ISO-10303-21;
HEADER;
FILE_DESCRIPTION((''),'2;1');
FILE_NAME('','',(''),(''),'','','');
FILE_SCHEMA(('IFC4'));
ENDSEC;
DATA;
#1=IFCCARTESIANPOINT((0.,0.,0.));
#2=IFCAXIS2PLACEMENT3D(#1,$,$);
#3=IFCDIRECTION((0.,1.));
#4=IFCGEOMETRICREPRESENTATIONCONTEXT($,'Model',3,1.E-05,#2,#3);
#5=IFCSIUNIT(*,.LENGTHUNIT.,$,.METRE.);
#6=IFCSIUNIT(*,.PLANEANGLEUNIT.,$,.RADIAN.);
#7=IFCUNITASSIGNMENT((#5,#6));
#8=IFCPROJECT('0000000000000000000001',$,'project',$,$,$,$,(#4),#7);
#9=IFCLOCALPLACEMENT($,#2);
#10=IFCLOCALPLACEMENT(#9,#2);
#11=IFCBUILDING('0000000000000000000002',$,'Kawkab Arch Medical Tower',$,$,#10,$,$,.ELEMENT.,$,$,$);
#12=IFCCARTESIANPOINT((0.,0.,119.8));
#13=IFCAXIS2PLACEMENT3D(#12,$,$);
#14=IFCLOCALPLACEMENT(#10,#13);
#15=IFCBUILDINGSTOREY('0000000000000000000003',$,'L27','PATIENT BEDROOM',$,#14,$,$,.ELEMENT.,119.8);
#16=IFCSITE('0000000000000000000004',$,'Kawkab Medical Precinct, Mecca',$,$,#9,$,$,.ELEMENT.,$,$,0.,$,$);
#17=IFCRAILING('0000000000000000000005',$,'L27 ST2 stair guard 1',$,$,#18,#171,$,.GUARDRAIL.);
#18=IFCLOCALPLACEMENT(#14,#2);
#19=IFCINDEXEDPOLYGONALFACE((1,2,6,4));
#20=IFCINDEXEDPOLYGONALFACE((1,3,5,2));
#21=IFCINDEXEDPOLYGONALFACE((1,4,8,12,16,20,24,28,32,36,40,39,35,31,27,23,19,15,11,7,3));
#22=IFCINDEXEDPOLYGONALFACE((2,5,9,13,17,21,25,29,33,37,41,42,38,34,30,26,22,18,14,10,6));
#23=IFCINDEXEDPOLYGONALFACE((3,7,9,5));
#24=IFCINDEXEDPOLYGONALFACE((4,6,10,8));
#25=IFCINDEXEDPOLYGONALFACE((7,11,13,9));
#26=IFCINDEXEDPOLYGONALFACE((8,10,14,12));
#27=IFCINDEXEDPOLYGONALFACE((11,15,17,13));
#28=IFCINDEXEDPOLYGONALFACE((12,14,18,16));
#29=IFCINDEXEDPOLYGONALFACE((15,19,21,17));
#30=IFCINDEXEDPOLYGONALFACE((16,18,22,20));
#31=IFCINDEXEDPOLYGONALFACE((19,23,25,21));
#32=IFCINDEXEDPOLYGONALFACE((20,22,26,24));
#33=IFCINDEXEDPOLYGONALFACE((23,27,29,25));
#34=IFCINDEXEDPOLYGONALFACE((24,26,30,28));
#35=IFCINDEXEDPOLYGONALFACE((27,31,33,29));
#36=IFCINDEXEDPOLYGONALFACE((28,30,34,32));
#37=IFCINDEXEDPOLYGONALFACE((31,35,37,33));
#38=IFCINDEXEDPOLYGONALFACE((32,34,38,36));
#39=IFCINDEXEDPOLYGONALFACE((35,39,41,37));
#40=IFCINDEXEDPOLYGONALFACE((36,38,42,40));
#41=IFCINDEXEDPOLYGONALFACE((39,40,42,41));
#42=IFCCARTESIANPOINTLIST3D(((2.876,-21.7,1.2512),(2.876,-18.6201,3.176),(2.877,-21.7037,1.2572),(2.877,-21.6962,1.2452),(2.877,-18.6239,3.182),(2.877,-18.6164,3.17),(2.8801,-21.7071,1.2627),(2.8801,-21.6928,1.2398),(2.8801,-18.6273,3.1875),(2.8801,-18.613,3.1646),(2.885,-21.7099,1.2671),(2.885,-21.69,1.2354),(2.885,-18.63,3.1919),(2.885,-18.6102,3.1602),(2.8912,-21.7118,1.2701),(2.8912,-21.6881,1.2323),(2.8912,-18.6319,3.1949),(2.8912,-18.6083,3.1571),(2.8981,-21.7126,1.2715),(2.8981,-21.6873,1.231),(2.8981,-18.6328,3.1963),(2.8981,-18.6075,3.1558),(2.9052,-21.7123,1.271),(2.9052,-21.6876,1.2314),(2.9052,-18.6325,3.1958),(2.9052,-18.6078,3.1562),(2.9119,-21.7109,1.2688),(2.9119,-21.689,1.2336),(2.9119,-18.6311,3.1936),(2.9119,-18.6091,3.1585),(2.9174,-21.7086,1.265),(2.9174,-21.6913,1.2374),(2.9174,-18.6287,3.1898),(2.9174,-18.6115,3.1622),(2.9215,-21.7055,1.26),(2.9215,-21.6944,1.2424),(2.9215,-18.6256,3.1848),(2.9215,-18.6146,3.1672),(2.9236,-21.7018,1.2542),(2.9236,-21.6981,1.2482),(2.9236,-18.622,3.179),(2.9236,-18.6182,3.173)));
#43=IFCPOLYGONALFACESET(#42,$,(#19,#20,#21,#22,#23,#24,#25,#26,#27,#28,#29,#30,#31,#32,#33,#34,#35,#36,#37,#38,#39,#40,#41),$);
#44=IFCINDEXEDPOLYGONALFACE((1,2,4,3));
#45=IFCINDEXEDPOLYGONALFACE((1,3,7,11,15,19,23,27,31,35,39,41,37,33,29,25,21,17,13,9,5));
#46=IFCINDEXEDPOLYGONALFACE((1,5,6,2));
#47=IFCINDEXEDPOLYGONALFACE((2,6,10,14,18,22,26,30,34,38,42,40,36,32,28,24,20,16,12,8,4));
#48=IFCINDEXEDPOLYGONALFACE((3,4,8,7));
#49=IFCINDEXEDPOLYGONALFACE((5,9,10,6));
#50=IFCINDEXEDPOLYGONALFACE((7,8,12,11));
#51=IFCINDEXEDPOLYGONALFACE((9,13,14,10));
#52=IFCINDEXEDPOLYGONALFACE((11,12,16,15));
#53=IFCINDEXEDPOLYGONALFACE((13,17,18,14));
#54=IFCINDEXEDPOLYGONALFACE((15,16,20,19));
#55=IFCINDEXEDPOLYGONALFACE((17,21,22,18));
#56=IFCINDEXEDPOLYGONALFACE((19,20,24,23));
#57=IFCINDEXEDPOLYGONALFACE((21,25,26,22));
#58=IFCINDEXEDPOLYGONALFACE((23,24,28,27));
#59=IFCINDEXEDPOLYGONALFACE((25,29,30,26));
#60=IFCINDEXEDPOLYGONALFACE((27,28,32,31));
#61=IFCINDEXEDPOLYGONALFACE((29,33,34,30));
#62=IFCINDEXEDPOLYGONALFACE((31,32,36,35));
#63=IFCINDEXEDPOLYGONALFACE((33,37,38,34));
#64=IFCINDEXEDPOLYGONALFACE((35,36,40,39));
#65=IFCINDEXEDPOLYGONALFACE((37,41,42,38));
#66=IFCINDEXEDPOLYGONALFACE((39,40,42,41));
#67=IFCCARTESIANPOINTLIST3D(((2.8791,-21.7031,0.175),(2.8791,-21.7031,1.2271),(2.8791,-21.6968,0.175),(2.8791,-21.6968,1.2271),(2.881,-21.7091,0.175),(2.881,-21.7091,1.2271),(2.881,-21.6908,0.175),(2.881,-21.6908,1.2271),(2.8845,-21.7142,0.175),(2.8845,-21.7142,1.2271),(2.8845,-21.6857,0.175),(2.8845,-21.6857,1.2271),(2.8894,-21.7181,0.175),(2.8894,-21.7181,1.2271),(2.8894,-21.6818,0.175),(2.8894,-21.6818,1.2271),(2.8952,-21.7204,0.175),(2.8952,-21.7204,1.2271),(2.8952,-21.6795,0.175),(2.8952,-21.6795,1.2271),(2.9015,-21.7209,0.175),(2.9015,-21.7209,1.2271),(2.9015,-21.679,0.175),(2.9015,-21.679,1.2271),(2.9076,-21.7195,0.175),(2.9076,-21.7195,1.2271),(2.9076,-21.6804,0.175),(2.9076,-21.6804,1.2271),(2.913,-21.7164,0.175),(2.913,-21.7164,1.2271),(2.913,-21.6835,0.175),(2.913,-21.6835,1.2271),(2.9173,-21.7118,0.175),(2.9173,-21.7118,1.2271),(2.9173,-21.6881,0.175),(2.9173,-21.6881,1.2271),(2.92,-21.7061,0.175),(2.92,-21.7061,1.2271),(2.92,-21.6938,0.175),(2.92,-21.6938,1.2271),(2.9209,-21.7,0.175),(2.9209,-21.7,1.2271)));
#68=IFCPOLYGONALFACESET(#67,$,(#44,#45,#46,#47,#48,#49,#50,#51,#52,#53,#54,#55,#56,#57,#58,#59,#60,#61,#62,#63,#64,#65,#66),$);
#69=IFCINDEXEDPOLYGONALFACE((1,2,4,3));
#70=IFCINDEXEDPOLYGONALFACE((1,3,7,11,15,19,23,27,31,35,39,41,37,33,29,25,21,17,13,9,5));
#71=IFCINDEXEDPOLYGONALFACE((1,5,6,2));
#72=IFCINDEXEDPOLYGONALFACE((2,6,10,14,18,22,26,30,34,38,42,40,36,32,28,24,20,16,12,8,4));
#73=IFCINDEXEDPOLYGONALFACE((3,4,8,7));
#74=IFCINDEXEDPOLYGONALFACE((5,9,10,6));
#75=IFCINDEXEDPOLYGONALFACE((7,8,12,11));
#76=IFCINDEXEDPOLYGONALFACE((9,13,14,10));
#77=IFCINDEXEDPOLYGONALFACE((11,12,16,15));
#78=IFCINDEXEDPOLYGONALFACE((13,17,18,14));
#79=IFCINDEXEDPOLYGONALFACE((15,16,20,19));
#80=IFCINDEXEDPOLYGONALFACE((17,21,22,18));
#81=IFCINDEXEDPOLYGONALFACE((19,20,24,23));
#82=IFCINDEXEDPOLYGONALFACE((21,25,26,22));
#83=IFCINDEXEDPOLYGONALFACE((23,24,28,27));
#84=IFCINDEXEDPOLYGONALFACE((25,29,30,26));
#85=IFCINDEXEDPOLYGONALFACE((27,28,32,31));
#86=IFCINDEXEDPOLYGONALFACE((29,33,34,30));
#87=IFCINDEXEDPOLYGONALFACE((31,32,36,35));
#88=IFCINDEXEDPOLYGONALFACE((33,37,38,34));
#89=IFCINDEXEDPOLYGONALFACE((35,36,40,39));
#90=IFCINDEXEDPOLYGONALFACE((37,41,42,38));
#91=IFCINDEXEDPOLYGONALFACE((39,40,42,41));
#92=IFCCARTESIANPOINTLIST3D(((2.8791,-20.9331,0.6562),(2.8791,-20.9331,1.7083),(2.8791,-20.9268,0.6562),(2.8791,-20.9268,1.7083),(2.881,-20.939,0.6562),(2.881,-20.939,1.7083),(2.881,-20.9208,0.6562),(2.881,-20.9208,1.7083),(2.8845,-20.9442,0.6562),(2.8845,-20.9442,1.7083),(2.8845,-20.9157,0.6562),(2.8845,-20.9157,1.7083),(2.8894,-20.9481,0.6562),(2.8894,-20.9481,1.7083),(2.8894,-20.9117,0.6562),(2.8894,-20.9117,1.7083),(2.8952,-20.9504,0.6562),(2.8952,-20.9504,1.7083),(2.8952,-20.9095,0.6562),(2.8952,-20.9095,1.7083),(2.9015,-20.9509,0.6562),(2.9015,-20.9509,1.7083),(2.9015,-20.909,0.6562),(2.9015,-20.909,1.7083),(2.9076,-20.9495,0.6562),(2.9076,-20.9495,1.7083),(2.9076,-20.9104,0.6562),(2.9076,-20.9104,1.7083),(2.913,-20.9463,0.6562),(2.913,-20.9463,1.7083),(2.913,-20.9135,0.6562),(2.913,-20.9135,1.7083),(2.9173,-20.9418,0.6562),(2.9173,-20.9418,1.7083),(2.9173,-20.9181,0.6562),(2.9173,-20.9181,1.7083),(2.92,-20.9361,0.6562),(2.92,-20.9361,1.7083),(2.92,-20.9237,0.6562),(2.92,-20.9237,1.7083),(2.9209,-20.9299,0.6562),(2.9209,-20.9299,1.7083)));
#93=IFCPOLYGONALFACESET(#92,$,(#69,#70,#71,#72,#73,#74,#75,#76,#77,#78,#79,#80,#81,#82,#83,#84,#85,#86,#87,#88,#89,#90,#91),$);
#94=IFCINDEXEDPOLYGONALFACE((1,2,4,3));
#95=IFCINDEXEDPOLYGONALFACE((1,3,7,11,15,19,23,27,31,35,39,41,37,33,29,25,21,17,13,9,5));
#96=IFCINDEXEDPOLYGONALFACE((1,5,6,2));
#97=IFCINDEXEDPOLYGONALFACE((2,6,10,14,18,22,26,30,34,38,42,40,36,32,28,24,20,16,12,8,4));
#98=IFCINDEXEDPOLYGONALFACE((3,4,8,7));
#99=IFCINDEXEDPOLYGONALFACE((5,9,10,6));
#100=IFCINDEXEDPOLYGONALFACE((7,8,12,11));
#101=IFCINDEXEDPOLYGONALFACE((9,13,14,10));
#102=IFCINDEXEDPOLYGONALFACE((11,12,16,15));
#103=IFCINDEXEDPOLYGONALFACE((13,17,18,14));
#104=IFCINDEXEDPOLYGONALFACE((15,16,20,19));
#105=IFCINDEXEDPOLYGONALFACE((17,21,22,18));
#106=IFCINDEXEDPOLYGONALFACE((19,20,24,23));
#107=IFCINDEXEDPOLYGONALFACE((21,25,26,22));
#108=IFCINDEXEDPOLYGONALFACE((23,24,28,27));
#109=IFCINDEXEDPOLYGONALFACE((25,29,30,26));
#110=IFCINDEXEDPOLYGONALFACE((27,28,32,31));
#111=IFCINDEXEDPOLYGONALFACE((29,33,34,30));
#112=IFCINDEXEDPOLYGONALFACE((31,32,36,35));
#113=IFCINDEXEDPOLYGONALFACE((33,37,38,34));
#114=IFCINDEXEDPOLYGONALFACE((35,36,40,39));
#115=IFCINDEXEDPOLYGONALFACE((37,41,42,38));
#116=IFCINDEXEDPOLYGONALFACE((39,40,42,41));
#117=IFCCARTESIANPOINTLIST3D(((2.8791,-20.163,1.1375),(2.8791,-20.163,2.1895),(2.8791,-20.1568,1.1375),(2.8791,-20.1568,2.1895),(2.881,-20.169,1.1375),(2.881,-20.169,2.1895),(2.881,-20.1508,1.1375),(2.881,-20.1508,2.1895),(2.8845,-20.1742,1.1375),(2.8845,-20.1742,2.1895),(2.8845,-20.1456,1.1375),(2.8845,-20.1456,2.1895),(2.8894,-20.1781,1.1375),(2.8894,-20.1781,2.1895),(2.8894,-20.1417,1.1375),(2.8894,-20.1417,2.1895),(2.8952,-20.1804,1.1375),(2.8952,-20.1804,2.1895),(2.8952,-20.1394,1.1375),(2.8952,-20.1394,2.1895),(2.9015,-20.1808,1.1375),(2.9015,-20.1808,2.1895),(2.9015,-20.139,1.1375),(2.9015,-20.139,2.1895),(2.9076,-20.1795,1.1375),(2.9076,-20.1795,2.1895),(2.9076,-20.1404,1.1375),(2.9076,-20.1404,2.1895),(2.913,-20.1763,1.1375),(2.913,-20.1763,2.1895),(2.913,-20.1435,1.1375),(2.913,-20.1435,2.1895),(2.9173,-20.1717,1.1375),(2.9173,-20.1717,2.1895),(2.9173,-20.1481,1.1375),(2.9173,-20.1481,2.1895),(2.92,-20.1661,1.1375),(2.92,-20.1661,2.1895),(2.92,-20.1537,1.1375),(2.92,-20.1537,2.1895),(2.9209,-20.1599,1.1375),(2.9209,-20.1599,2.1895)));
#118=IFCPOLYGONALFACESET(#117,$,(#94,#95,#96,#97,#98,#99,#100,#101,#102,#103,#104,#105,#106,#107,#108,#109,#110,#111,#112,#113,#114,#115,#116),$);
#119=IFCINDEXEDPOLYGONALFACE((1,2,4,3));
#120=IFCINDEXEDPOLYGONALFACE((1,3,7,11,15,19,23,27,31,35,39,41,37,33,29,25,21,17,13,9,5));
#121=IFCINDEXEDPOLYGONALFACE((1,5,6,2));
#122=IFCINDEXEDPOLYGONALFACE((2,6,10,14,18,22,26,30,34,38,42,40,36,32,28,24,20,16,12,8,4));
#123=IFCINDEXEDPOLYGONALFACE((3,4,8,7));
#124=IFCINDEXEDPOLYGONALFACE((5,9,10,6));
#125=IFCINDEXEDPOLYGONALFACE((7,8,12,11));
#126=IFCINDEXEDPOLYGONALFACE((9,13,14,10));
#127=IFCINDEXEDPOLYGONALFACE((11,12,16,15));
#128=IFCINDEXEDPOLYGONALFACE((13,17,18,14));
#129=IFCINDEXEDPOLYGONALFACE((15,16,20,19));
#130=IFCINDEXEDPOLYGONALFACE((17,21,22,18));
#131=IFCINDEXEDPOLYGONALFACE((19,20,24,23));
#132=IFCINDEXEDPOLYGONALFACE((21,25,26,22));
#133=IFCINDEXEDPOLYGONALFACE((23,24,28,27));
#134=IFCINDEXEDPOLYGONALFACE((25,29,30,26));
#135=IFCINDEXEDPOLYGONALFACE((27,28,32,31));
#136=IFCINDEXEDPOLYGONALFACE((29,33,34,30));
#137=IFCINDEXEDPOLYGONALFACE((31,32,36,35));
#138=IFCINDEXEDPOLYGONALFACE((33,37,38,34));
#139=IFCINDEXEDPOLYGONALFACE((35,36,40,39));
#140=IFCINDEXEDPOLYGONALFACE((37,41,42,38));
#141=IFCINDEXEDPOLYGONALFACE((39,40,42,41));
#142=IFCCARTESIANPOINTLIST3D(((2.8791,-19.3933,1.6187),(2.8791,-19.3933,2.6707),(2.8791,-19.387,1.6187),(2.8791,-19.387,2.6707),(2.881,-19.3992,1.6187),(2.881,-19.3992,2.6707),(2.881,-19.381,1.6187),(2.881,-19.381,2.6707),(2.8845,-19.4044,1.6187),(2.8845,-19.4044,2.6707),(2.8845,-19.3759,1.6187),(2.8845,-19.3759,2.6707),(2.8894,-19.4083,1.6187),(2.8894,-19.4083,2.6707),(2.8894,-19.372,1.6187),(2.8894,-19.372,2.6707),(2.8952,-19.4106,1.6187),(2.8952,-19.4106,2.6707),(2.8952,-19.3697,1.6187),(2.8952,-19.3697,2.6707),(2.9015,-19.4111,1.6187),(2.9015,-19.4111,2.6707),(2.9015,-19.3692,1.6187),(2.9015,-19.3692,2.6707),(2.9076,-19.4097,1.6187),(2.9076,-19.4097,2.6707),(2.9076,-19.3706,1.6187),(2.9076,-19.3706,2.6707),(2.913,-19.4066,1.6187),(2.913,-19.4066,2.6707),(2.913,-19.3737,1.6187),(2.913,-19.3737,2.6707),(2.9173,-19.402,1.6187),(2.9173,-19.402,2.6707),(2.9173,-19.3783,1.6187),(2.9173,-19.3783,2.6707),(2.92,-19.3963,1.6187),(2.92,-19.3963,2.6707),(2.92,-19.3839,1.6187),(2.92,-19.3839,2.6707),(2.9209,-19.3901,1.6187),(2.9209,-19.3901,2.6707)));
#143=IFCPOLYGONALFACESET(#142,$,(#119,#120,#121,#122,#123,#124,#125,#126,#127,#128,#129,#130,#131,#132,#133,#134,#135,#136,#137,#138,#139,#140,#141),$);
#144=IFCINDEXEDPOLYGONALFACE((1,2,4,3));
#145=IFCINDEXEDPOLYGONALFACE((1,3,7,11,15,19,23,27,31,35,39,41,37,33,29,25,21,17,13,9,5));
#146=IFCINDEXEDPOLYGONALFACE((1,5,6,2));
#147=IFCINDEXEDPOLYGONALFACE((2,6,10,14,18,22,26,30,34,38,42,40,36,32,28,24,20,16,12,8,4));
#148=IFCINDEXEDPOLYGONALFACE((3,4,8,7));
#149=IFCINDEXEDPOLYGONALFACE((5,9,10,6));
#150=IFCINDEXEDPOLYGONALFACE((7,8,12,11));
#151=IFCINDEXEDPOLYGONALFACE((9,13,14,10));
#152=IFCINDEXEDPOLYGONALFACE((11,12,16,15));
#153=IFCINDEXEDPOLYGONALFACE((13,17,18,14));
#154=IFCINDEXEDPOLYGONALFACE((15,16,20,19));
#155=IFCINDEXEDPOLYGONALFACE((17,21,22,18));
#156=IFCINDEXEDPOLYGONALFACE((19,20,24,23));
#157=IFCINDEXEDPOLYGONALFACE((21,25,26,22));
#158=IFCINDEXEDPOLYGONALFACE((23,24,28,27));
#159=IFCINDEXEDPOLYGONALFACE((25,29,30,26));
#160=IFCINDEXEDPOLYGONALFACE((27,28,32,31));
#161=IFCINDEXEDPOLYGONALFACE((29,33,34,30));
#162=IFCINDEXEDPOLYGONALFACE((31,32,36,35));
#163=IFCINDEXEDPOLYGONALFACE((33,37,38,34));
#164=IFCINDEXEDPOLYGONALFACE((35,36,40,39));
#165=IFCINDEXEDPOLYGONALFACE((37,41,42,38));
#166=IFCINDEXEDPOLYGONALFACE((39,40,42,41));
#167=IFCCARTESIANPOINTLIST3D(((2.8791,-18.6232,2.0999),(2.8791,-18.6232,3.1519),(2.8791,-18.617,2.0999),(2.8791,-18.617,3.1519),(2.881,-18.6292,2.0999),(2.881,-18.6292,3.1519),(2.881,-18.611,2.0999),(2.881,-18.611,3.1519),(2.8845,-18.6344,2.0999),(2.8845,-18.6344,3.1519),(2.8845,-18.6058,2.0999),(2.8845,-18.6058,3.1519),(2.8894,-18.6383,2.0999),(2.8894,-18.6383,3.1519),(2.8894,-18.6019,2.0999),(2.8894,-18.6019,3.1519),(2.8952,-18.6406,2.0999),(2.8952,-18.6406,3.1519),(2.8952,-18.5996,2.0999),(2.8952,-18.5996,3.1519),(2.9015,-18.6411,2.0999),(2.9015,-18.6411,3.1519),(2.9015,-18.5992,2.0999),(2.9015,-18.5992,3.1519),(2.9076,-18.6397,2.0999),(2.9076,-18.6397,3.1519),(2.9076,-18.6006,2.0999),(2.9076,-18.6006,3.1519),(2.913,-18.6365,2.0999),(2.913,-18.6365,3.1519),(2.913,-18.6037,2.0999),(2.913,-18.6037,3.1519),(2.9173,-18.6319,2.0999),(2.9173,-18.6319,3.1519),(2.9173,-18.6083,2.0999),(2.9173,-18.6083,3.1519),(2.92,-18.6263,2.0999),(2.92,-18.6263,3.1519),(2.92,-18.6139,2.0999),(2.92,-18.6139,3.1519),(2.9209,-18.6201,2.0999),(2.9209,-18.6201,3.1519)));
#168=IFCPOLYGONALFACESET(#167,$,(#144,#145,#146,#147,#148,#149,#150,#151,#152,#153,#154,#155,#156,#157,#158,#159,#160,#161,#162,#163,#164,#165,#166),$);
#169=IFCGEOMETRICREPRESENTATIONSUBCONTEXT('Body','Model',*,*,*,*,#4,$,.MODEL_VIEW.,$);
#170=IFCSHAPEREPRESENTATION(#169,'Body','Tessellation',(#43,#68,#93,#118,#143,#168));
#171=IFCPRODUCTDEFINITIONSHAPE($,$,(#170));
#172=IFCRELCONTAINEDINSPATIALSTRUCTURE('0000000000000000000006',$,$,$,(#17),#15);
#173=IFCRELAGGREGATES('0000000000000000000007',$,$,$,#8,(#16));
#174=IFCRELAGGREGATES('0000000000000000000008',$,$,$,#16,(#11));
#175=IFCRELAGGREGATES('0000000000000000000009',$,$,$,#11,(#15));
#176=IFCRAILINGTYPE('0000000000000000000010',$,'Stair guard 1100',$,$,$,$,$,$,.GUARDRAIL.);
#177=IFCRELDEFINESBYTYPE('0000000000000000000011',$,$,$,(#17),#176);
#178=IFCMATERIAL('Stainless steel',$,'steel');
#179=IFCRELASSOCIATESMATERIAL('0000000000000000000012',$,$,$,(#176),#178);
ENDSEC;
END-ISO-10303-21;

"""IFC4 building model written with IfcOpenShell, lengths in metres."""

from ifc_helpers import new_model, si_unit, direction, frame, origin, origin_2d, place, context, subcontext, project, spatial, circle, extrude, material, type_object, element, save


model = new_model("IFC4")

# Units and contexts
model_context = context("Model", 3, precision=1e-05, world=origin(), true_north=direction((0.0, 1.0)))
body_context = subcontext(model_context, "Body", "Model", "MODEL_VIEW")
ifc_project = project(units=[si_unit("LENGTHUNIT", "METRE"), si_unit("PLANEANGLEUNIT", "RADIAN")], contexts=[model_context])

# Site, building, storey
site_placement = place(None, origin())
site = spatial("IfcSite", under=ifc_project, at=site_placement, Name="Kawkab Medical Precinct, Mecca", CompositionType="ELEMENT", RefElevation=0.0)
building_placement = place(site_placement, origin())
building = spatial("IfcBuilding", under=site, at=building_placement, Name="Kawkab Arch Medical Tower", CompositionType="ELEMENT")
storey_placement = place(building_placement, frame((0.0, 0.0, 119.8)))
storey = spatial("IfcBuildingStorey", under=building, at=storey_placement, Name="L27", Description="PATIENT BEDROOM", CompositionType="ELEMENT", Elevation=119.8)

# Railing
ifc_material_1 = material(Name="Stainless steel", Category="steel")
railing_type = type_object("IfcRailingType", Name="Stair guard 1100", PredefinedType="GUARDRAIL", material=ifc_material_1)
railing_1_placement = place(storey_placement, frame((2.8999, -21.7, 0.175)))
element("IfcRailing", 1, at=railing_1_placement, inside=storey, type_object=railing_type, Name="L27 ST2 stair guard 1", PredefinedType="GUARDRAIL", context=body_context, shape_type="SweptSolid", body=[
    extrude(circle(Radius=0.0239, at=origin_2d()), frame((0.0, 0.0, 1.0762), z_axis=(0.0, 0.84801, 0.529981), x_axis=(-1.0, 0.0, 0.0)), (0.0, 0.0, 1.0), 3.6318),
    extrude(circle(Radius=0.021, at=origin_2d()), origin(), (0.0, 0.0, 1.0), 1.052),
    extrude(circle(Radius=0.021, at=origin_2d()), frame((0.0, 0.77, 0.4812)), (0.0, 0.0, 1.0), 1.052),
    extrude(circle(Radius=0.021, at=origin_2d()), frame((0.0, 1.54, 0.9624)), (0.0, 0.0, 1.0), 1.052),
    extrude(circle(Radius=0.021, at=origin_2d()), frame((0.0, 2.3098, 1.4436)), (0.0, 0.0, 1.0), 1.052),
    extrude(circle(Radius=0.021, at=origin_2d()), frame((0.0, 3.0798, 1.9248)), (0.0, 0.0, 1.0), 1.052),
])

save(model, "model.ifc")
